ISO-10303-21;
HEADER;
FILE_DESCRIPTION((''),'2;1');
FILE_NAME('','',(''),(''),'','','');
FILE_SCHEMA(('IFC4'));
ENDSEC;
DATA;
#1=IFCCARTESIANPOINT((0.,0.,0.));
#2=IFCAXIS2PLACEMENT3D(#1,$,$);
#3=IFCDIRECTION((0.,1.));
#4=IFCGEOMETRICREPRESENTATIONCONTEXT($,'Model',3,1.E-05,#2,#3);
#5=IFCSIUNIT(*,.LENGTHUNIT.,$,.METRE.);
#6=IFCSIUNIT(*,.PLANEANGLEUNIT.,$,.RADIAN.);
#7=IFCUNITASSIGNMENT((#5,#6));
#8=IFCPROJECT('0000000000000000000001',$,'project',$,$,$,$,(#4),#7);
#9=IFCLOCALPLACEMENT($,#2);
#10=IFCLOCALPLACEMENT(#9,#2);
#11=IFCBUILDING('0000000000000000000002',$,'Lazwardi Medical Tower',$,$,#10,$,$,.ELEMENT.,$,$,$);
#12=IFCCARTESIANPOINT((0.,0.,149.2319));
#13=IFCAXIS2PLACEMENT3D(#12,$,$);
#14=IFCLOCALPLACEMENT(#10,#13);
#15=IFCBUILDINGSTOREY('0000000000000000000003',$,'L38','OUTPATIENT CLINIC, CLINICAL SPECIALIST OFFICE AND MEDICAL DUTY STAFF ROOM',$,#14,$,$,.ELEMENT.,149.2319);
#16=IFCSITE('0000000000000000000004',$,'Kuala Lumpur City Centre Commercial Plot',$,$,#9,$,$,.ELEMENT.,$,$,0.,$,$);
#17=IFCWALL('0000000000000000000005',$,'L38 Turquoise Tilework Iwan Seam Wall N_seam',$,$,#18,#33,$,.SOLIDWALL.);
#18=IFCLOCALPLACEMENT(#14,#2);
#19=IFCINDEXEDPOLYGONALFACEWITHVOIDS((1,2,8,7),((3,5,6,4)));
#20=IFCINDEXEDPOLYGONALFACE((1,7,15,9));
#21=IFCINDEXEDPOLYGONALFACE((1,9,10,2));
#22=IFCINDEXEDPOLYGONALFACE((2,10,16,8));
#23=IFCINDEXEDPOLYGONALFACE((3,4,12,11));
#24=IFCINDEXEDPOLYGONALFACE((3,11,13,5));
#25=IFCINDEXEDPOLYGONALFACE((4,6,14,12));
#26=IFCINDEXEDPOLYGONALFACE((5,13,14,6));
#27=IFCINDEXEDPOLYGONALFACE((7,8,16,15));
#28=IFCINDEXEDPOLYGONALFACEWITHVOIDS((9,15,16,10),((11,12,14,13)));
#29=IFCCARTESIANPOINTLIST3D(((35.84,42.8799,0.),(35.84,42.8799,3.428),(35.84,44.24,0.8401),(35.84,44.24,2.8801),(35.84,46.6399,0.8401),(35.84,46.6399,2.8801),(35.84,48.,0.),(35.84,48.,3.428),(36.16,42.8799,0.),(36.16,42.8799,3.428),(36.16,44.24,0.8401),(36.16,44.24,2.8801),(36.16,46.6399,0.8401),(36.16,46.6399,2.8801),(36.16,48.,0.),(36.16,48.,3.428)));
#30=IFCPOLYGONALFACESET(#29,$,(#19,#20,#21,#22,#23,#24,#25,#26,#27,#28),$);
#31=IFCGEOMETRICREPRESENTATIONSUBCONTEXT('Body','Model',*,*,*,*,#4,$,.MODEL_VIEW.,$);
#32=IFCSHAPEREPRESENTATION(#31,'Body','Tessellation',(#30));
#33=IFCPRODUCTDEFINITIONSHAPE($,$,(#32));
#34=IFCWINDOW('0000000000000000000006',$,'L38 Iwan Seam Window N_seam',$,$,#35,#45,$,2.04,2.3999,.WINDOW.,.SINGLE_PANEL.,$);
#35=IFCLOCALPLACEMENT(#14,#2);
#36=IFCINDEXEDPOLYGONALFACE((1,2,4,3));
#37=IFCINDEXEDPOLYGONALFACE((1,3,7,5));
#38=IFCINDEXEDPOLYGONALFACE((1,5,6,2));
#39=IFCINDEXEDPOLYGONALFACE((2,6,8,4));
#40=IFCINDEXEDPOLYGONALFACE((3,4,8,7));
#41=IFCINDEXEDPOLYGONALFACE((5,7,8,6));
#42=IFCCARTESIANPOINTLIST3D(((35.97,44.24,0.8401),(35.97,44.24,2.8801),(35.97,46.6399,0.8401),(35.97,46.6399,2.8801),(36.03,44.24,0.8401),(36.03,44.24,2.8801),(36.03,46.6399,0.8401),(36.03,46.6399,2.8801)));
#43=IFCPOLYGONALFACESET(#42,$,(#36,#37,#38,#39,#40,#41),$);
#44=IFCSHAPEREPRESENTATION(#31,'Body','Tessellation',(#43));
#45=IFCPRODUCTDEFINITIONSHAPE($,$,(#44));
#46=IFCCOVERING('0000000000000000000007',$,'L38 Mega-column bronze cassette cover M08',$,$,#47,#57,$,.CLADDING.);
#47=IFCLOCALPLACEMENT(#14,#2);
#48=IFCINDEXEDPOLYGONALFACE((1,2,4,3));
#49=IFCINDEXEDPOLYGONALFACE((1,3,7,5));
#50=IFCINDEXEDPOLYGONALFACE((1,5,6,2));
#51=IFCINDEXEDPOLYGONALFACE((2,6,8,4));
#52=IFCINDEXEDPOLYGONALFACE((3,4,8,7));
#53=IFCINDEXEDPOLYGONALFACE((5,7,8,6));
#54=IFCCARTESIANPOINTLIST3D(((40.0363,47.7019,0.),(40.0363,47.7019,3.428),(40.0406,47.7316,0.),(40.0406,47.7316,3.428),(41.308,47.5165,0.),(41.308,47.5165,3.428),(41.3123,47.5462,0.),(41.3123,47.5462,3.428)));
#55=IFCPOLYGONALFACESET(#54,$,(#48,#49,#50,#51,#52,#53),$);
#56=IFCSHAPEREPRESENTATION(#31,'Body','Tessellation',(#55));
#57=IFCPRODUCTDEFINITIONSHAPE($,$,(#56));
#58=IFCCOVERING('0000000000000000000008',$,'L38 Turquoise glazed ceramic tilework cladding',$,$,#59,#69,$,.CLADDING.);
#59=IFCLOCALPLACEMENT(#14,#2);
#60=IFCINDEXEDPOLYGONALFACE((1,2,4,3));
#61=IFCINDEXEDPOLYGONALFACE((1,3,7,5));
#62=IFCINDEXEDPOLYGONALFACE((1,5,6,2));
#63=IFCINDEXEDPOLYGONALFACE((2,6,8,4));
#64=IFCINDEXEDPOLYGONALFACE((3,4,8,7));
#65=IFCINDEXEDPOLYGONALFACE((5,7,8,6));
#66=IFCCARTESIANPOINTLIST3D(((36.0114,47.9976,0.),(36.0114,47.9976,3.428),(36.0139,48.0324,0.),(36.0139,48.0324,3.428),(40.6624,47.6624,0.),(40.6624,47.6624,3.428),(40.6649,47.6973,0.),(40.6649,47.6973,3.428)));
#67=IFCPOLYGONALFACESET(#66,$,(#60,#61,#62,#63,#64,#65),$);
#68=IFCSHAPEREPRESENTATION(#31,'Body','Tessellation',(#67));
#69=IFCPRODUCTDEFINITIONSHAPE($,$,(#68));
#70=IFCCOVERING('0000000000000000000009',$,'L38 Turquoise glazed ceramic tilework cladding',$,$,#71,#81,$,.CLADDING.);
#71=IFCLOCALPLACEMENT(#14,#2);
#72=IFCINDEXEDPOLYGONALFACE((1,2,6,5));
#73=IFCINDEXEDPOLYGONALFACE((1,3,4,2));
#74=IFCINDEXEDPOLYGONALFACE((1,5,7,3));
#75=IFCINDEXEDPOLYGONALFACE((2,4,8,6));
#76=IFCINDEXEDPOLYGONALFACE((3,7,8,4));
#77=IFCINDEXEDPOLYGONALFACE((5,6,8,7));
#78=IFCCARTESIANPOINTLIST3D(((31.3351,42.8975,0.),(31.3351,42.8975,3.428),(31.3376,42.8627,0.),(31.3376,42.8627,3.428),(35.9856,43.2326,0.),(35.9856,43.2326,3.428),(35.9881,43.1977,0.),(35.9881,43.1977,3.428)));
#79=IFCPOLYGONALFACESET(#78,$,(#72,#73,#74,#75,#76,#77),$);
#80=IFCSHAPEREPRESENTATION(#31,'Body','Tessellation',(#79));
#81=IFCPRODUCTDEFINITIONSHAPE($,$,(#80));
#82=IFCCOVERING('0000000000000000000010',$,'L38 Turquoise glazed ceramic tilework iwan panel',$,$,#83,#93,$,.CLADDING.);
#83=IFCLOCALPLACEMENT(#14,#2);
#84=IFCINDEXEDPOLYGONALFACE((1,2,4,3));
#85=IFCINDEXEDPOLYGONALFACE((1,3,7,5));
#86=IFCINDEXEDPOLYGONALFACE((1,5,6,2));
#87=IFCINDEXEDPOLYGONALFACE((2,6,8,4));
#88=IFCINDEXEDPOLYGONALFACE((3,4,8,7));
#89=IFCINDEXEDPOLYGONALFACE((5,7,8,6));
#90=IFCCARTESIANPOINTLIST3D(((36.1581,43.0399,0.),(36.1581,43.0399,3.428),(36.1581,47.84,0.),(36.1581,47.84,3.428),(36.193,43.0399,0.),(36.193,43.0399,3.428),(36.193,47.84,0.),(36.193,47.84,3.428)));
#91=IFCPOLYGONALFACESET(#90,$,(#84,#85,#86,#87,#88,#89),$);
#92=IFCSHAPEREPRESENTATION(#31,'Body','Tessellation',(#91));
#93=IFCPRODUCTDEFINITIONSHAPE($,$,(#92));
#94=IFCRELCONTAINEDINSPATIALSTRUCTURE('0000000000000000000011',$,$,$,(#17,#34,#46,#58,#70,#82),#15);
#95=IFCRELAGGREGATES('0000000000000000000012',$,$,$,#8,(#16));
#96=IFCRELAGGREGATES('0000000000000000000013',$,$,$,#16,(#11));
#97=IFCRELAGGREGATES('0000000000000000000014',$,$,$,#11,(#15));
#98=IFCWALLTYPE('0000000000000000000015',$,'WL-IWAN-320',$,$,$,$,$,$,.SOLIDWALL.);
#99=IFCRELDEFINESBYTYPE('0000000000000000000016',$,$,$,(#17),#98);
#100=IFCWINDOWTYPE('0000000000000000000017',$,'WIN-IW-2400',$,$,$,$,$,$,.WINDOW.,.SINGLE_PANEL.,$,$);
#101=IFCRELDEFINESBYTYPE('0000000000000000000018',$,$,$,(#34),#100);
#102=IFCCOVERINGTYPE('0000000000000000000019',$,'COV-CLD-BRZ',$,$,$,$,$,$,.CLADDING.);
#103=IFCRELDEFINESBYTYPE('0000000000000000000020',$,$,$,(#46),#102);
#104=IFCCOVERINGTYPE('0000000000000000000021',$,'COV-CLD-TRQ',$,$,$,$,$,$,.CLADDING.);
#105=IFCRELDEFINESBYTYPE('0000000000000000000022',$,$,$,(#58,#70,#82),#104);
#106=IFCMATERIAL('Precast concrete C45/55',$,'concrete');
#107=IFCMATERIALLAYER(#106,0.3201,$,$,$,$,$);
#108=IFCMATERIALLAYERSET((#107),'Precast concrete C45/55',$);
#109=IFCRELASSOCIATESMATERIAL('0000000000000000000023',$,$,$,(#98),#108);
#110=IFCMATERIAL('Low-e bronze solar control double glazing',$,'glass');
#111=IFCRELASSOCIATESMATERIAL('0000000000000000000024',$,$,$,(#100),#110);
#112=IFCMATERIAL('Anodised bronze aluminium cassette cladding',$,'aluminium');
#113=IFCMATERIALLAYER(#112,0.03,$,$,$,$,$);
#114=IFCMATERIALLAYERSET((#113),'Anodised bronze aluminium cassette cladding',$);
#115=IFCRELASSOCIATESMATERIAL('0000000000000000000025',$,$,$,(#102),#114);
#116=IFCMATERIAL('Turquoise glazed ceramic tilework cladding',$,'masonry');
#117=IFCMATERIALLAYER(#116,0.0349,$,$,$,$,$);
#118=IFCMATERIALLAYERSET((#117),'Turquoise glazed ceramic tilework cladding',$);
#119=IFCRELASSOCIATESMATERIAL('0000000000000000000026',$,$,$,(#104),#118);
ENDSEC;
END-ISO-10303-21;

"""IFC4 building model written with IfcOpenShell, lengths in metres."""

from ifc_helpers import new_model, si_unit, direction, frame, frame_2d, origin, origin_2d, place, context, subcontext, project, spatial, rectangle, extrude, material, layer, layer_set, type_object, element, fill, save


model = new_model("IFC4")

# Units and contexts
model_context = context("Model", 3, precision=1e-05, world=origin(), true_north=direction((0.0, 1.0)))
body_context = subcontext(model_context, "Body", "Model", "MODEL_VIEW")
ifc_project = project(units=[si_unit("LENGTHUNIT", "METRE"), si_unit("PLANEANGLEUNIT", "RADIAN")], contexts=[model_context])

# Site, building, storey
site_placement = place(None, origin())
site = spatial("IfcSite", under=ifc_project, at=site_placement, Name="Kuala Lumpur City Centre Commercial Plot", CompositionType="ELEMENT", RefElevation=0.0)
building_placement = place(site_placement, origin())
building = spatial("IfcBuilding", under=site, at=building_placement, Name="Lazwardi Medical Tower", CompositionType="ELEMENT")
storey_placement = place(building_placement, frame((0.0, 0.0, 149.2319)))
storey = spatial("IfcBuildingStorey", under=building, at=storey_placement, Name="L38", Description="OUTPATIENT CLINIC, CLINICAL SPECIALIST OFFICE AND MEDICAL DUTY STAFF ROOM", CompositionType="ELEMENT", Elevation=149.2319)

# Shared definitions
ifc_material_1 = material(Name="Low-e bronze solar control double glazing", Category="glass")

# Wall, opening, window
ifc_material_2 = material(Name="Precast concrete C45/55", Category="concrete")
ifc_layer_1 = layer(ifc_material_2, 0.3201)
ifc_layer_set_1 = layer_set([ifc_layer_1], Name="Precast concrete C45/55")
wall_type_1 = type_object("IfcWallType", Name="WL-IWAN-320", PredefinedType="SOLIDWALL", material=ifc_layer_set_1)
wall_1_placement = place(storey_placement, frame((36.0, 48.0, 0.0), z_axis=(0.0, 0.0, 1.0), x_axis=(0.0, -1.0, 0.0)))
wall_1 = element("IfcWall", 1, at=wall_1_placement, inside=storey, type_object=wall_type_1, Name="L38 Turquoise Tilework Iwan Seam Wall N_seam", PredefinedType="SOLIDWALL", context=body_context, shape_type="SweptSolid", body=[
    extrude(rectangle(XDim=5.1201, YDim=0.3201, at=frame_2d((2.5601, 0.0))), origin(), (0.0, 0.0, 1.0), 3.428),
])
opening_1_placement = place(wall_1_placement, frame((1.3601, 0.0, 0.8401)))
opening_1 = element("IfcOpeningElement", 2, at=opening_1_placement, cuts=wall_1, PredefinedType="OPENING", context=body_context, shape_type="SweptSolid", body=[
    extrude(rectangle(XDim=2.3999, YDim=2.04, at=frame_2d((1.2, 1.02))), frame((0.0, 0.1699, 0.0), z_axis=(0.0, -1.0, 0.0), x_axis=(1.0, 0.0, 0.0)), (0.0, 0.0, 1.0), 0.3401),
])
window_type_1 = type_object("IfcWindowType", Name="WIN-IW-2400", PartitioningType="SINGLE_PANEL", PredefinedType="WINDOW", material=ifc_material_1)
window_1_placement = place(opening_1_placement, origin())
window_1 = element("IfcWindow", 3, at=window_1_placement, inside=storey, type_object=window_type_1, Name="L38 Iwan Seam Window N_seam", OverallHeight=2.04, OverallWidth=2.3999, PartitioningType="SINGLE_PANEL", PredefinedType="WINDOW", context=body_context, shape_type="SweptSolid", body=[
    extrude(rectangle(XDim=2.3999, YDim=2.04, at=frame_2d((1.2, 1.02))), frame((0.0, 0.03, 0.0), z_axis=(0.0, -1.0, 0.0), x_axis=(1.0, 0.0, 0.0)), (0.0, 0.0, 1.0), 0.0601),
])
fill(opening_1, window_1)

# Coverings
ifc_material_3 = material(Name="Anodised bronze aluminium cassette cladding", Category="aluminium")
ifc_layer_2 = layer(ifc_material_3, 0.03)
ifc_layer_set_2 = layer_set([ifc_layer_2], Name="Anodised bronze aluminium cassette cladding")
covering_type_1 = type_object("IfcCoveringType", Name="COV-CLD-BRZ", PredefinedType="CLADDING", material=ifc_layer_set_2)
covering_1_placement = place(storey_placement, frame((40.6743, 47.624, 0.0), z_axis=(0.0, 0.0, 1.0), x_axis=(-0.989539, 0.144265, 0.0)))
element("IfcCovering", 4, at=covering_1_placement, inside=storey, type_object=covering_type_1, Name="L38 Mega-column bronze cassette cover M08", PredefinedType="CLADDING", context=body_context, shape_type="SweptSolid", body=[
    extrude(rectangle(XDim=1.2852, YDim=0.03, at=origin_2d()), origin(), (0.0, 0.0, 1.0), 3.428),
])
ifc_material_4 = material(Name="Turquoise glazed ceramic tilework cladding", Category="masonry")
ifc_layer_3 = layer(ifc_material_4, 0.0349)
ifc_layer_set_3 = layer_set([ifc_layer_3], Name="Turquoise glazed ceramic tilework cladding")
covering_type_2 = type_object("IfcCoveringType", Name="COV-CLD-TRQ", PredefinedType="CLADDING", material=ifc_layer_set_3)
covering_2_placement = place(storey_placement, frame((38.3381, 47.8474, 0.0), z_axis=(0.0, 0.0, 1.0), x_axis=(-0.997415, 0.071863, 0.0)))
element("IfcCovering", 5, at=covering_2_placement, inside=storey, type_object=covering_type_2, Name="L38 Turquoise glazed ceramic tilework cladding", PredefinedType="CLADDING", context=body_context, shape_type="SweptSolid", body=[
    extrude(rectangle(XDim=4.6631, YDim=0.0349, at=origin_2d()), origin(), (0.0, 0.0, 1.0), 3.428),
])
covering_3_placement = place(storey_placement, frame((33.6616, 43.0476, 0.0), z_axis=(0.0, 0.0, 1.0), x_axis=(-0.997414, -0.071868, 0.0)))
element("IfcCovering", 6, at=covering_3_placement, inside=storey, type_object=covering_type_2, Name="L38 Turquoise glazed ceramic tilework cladding", PredefinedType="CLADDING", context=body_context, shape_type="SweptSolid", body=[
    extrude(rectangle(XDim=4.6626, YDim=0.0349, at=origin_2d()), origin(), (0.0, 0.0, 1.0), 3.428),
])
covering_4_placement = place(storey_placement, frame((36.1755, 45.4399, 0.0), z_axis=(0.0, 0.0, 1.0), x_axis=(0.0, -1.0, 0.0)))
element("IfcCovering", 7, at=covering_4_placement, inside=storey, type_object=covering_type_2, Name="L38 Turquoise glazed ceramic tilework iwan panel", PredefinedType="CLADDING", context=body_context, shape_type="SweptSolid", body=[
    extrude(rectangle(XDim=4.8, YDim=0.0349, at=origin_2d()), origin(), (0.0, 0.0, 1.0), 3.428),
])

save(model, "model.ifc")
